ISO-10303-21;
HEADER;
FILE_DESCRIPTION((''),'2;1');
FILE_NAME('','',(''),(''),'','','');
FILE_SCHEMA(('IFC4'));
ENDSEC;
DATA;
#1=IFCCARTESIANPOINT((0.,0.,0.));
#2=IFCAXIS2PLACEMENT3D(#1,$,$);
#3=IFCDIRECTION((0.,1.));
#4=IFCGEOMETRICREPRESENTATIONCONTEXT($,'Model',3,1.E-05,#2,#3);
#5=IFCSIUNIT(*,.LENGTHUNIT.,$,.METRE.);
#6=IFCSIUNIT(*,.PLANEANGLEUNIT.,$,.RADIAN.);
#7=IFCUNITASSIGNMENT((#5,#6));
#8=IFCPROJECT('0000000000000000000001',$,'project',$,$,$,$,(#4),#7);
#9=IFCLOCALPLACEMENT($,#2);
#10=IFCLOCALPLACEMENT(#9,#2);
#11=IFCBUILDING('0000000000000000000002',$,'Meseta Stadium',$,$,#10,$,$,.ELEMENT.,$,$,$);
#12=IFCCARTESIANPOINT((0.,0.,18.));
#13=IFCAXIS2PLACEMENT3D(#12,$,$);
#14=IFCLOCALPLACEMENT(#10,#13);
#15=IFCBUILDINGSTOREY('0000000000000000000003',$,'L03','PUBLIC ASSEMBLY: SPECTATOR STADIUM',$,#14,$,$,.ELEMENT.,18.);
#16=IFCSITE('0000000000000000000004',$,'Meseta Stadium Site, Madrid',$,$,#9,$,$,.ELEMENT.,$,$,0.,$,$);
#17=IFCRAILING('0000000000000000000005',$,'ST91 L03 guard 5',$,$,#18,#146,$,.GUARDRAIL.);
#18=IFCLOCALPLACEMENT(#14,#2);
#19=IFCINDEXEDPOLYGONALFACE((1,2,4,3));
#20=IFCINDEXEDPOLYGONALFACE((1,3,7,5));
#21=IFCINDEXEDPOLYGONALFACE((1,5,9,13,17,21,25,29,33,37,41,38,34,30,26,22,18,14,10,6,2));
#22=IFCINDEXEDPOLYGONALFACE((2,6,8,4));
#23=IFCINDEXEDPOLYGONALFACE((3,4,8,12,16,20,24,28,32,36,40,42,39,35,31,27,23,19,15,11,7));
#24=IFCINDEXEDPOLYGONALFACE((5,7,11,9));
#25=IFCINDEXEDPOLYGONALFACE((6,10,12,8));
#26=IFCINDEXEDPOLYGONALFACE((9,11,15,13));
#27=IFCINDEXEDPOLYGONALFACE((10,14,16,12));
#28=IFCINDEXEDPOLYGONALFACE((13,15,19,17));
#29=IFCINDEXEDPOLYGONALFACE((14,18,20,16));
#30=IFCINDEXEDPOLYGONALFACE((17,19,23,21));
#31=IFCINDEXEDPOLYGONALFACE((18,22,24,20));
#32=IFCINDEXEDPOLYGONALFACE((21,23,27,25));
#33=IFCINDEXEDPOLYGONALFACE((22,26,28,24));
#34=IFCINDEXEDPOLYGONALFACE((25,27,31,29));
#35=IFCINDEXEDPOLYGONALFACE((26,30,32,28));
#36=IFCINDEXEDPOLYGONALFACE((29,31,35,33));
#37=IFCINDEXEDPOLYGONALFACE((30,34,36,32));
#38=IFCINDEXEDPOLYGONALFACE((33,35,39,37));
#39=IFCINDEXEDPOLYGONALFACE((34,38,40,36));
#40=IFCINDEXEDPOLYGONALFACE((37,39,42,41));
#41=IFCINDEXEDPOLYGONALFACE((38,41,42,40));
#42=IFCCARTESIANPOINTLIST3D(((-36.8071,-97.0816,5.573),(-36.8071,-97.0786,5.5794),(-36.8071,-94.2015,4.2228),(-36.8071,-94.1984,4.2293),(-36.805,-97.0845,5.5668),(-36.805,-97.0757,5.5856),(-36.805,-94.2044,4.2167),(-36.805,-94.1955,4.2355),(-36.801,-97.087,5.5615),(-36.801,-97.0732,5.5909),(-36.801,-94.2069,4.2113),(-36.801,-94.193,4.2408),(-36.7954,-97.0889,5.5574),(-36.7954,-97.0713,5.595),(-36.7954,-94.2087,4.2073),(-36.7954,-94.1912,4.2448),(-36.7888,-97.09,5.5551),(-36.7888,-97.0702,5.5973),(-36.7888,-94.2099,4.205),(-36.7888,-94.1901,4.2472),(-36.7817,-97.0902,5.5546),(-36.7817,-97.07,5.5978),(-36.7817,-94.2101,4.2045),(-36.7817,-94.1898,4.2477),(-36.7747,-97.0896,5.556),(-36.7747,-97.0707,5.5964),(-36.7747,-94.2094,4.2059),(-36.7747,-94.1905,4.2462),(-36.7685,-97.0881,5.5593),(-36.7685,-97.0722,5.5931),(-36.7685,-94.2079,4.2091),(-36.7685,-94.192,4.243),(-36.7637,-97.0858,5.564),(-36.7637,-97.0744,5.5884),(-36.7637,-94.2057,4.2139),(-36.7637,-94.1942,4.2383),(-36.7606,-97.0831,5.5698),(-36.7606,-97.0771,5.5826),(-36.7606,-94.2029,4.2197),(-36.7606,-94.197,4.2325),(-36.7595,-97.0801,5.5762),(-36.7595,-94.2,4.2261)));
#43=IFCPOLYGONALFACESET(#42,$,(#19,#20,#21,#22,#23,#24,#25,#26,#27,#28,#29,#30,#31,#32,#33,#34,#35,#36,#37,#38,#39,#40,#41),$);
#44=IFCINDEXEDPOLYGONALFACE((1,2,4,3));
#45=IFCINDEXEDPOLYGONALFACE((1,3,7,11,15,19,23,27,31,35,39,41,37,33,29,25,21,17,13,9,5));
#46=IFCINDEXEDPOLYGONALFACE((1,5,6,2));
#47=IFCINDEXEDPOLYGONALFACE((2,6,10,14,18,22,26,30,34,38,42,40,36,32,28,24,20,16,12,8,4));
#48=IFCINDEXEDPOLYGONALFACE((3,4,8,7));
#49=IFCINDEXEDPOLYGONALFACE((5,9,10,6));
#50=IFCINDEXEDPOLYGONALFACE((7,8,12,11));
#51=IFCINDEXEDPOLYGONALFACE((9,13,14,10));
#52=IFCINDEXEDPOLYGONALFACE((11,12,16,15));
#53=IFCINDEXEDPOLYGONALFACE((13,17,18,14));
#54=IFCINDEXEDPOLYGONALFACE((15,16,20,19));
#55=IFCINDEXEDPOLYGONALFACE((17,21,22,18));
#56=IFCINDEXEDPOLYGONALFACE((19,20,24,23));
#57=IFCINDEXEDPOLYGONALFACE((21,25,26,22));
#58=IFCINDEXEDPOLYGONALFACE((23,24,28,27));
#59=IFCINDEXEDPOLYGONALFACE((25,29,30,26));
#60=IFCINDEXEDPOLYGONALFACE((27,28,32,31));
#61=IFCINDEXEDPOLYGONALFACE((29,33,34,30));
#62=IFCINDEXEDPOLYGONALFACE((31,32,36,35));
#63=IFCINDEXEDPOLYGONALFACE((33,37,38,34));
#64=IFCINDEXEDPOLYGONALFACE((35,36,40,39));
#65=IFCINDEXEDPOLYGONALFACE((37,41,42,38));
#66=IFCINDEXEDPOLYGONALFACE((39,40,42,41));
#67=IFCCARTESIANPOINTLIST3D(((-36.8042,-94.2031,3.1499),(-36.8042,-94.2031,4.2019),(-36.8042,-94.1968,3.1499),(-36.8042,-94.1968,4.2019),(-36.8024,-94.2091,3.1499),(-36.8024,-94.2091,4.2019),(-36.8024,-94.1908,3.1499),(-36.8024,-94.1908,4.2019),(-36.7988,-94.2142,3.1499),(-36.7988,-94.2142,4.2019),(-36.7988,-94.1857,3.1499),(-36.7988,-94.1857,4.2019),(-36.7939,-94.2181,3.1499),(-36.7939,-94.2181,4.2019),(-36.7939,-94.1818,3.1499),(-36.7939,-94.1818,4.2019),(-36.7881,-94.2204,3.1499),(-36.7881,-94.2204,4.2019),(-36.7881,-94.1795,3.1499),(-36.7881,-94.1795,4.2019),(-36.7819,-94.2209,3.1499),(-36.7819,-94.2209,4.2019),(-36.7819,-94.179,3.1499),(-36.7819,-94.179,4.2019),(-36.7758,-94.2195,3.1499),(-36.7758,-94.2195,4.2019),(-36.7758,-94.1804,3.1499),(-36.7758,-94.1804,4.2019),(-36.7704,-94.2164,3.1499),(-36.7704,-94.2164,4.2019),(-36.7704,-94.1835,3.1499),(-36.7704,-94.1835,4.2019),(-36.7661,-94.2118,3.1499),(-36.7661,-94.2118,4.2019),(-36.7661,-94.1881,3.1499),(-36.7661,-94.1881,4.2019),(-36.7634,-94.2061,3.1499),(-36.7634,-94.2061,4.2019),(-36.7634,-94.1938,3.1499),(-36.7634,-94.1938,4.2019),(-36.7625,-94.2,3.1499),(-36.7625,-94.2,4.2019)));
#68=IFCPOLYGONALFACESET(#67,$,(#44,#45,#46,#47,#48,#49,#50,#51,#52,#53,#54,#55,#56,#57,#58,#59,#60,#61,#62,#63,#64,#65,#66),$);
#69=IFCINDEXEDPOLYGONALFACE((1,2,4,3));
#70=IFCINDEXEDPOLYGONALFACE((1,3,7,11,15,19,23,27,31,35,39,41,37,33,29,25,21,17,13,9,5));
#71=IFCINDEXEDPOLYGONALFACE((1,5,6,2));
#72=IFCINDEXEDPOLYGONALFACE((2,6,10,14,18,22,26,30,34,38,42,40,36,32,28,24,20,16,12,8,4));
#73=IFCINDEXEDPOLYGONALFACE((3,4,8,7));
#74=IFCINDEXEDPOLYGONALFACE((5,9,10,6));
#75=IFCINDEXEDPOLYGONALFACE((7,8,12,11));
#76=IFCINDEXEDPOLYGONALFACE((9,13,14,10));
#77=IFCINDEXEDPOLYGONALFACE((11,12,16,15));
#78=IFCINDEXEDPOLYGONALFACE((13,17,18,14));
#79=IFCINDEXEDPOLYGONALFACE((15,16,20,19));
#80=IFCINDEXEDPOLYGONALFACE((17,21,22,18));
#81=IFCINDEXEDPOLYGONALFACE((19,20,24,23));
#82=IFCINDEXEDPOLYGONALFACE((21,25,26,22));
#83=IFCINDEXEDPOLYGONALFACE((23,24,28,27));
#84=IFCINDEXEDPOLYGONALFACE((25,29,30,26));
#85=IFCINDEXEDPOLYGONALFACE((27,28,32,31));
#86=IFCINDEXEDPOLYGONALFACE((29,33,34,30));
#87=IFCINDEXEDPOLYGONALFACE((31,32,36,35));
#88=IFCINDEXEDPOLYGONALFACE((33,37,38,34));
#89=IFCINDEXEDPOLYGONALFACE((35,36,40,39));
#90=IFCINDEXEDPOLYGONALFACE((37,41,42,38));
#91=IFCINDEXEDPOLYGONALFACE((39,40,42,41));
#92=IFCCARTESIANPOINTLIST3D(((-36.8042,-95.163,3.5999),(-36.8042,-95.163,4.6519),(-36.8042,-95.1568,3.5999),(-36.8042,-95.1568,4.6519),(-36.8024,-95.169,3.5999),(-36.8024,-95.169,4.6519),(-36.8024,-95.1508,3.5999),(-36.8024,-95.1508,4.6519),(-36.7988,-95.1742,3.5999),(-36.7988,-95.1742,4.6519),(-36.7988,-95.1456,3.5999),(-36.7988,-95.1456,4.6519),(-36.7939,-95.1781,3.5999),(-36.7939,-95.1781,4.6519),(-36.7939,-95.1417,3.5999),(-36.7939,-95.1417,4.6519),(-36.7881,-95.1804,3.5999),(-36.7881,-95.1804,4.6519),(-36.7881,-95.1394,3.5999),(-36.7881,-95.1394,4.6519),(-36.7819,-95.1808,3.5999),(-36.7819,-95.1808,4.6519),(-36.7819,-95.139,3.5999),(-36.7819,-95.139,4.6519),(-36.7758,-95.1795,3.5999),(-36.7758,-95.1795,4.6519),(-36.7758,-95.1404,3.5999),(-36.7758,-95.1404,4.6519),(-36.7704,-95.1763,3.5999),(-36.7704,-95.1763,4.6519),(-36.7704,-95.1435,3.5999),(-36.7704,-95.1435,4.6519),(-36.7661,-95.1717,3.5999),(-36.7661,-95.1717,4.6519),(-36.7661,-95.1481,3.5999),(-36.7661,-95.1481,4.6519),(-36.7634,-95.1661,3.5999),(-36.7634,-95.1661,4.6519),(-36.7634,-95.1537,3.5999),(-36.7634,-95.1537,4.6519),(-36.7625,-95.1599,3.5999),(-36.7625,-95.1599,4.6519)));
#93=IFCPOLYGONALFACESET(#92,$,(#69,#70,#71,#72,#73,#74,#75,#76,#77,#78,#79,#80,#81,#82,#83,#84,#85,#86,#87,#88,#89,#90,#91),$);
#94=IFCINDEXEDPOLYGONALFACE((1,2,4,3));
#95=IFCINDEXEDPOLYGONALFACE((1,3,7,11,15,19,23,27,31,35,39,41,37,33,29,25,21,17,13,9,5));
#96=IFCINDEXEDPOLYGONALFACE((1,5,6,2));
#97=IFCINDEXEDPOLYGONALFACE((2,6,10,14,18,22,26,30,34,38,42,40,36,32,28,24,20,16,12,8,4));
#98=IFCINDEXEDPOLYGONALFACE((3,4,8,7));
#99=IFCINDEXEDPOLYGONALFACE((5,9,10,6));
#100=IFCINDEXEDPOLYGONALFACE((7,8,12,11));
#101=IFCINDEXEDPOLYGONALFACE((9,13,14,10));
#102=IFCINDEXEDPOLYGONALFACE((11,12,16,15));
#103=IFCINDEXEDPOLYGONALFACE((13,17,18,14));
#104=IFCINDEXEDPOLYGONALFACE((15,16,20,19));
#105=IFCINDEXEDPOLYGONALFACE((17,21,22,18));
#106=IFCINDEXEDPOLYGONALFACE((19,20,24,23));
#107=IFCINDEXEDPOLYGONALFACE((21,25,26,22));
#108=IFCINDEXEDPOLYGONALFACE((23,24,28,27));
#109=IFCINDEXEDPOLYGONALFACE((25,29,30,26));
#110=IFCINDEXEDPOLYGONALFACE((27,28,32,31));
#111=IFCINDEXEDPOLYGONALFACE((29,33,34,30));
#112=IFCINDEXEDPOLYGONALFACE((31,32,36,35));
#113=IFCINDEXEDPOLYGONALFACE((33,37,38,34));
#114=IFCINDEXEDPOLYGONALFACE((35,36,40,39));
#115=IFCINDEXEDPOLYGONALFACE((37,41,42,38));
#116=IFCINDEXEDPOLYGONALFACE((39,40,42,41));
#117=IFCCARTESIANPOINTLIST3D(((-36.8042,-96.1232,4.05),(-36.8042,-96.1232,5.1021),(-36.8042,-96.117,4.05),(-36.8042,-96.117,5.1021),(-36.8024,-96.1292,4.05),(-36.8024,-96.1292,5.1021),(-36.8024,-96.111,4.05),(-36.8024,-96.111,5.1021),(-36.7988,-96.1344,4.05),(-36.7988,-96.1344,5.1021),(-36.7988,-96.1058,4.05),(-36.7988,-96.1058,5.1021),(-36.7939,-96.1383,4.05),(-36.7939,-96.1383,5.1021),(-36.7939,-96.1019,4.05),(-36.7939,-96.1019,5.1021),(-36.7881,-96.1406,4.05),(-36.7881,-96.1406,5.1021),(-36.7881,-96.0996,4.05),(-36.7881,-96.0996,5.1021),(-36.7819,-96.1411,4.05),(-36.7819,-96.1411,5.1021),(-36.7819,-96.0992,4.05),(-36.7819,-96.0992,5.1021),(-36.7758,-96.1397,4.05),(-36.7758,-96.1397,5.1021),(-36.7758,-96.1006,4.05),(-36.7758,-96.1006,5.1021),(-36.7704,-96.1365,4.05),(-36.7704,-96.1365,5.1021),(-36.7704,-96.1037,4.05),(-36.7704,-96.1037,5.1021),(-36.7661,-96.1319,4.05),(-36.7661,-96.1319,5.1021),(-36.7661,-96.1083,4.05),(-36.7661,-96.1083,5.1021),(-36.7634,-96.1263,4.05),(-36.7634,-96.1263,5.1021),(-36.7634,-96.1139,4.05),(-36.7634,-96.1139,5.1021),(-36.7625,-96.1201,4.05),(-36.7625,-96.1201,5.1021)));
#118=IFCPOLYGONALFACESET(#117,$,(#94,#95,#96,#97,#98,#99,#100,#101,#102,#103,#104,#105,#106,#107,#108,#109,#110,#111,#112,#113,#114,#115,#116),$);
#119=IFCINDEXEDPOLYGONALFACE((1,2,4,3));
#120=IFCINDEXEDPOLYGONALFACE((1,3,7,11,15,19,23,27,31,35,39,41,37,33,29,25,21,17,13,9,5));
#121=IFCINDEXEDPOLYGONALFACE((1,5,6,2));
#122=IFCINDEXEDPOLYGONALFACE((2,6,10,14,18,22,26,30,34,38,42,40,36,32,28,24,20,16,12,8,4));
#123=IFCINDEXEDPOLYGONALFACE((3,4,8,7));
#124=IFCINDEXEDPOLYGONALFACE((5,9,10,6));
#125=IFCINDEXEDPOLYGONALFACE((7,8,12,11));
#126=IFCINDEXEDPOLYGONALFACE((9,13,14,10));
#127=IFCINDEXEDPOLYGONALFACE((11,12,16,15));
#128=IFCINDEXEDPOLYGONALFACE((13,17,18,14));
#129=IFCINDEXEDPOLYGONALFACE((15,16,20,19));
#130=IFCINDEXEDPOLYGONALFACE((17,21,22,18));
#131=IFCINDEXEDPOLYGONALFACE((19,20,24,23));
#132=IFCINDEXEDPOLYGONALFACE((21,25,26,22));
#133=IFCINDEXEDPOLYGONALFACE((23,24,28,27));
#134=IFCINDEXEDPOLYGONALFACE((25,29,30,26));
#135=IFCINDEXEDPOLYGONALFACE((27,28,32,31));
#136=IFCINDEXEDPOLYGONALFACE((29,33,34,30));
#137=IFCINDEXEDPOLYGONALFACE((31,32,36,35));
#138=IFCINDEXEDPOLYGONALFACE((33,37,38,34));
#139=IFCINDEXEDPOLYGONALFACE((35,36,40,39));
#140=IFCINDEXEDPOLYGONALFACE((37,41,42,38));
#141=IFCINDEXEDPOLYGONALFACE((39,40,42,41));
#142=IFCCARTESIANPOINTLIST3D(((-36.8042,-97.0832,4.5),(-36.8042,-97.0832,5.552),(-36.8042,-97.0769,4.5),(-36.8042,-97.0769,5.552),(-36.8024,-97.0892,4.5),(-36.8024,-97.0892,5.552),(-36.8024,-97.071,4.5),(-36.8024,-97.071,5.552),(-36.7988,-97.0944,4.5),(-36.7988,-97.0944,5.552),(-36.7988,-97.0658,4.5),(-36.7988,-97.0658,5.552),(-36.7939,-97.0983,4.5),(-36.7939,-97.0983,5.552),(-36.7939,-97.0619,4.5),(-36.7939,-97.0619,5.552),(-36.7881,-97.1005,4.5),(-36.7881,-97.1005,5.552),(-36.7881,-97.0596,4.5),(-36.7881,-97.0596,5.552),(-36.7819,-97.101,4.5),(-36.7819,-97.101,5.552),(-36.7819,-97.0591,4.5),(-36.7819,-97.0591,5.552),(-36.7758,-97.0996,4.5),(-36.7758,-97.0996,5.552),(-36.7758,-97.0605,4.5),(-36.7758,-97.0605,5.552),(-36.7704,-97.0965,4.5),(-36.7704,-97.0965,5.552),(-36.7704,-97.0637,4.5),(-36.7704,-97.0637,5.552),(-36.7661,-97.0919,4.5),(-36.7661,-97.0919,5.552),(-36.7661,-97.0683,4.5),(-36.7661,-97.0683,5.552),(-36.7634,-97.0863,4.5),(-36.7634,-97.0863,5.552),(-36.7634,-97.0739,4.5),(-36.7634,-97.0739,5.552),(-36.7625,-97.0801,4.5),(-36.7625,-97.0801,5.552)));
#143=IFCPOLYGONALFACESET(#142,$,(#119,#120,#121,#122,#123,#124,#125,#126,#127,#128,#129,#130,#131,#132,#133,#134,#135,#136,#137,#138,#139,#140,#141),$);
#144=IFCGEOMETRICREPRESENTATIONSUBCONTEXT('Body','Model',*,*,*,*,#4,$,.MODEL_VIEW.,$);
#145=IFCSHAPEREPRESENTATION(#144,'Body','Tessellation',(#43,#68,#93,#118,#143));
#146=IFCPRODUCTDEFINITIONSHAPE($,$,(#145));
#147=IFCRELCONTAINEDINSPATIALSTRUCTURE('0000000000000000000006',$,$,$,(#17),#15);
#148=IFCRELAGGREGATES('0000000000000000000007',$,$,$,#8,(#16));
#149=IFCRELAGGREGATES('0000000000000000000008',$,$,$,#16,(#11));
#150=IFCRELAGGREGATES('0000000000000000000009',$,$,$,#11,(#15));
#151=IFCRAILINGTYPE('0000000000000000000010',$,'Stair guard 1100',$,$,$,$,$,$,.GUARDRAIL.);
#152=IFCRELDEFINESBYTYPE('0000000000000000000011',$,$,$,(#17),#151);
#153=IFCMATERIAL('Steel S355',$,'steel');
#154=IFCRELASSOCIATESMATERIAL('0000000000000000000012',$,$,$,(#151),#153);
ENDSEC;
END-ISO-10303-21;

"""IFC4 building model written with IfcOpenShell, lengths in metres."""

from ifc_helpers import new_model, si_unit, direction, frame, origin, origin_2d, place, context, subcontext, project, spatial, circle, extrude, material, type_object, element, save


model = new_model("IFC4")

# Units and contexts
model_context = context("Model", 3, precision=1e-05, world=origin(), true_north=direction((0.0, 1.0)))
body_context = subcontext(model_context, "Body", "Model", "MODEL_VIEW")
ifc_project = project(units=[si_unit("LENGTHUNIT", "METRE"), si_unit("PLANEANGLEUNIT", "RADIAN")], contexts=[model_context])

# Site, building, storey
site_placement = place(None, origin())
site = spatial("IfcSite", under=ifc_project, at=site_placement, Name="Meseta Stadium Site, Madrid", CompositionType="ELEMENT", RefElevation=0.0)
building_placement = place(site_placement, origin())
building = spatial("IfcBuilding", under=site, at=building_placement, Name="Meseta Stadium", CompositionType="ELEMENT")
storey_placement = place(building_placement, frame((0.0, 0.0, 18.0)))
storey = spatial("IfcBuildingStorey", under=building, at=storey_placement, Name="L03", Description="PUBLIC ASSEMBLY: SPECTATOR STADIUM", CompositionType="ELEMENT", Elevation=18.0)

# Railing
ifc_material_1 = material(Name="Steel S355", Category="steel")
railing_type_1 = type_object("IfcRailingType", Name="Stair guard 1100", PredefinedType="GUARDRAIL", material=ifc_material_1)
railing_1_placement = place(storey_placement, frame((-36.7834, -94.2, 3.1499)))
element("IfcRailing", 1, at=railing_1_placement, inside=storey, type_object=railing_type_1, Name="ST91 L03 guard 5", PredefinedType="GUARDRAIL", context=body_context, shape_type="SweptSolid", body=[
    extrude(circle(Radius=0.0239, at=origin_2d()), frame((0.0, 0.0, 1.0762), z_axis=(0.0, -0.905454, 0.424444), x_axis=(1.0, 0.0, 0.0)), (0.0, 0.0, 1.0), 3.1809),
    extrude(circle(Radius=0.021, at=origin_2d()), origin(), (0.0, 0.0, 1.0), 1.052),
    extrude(circle(Radius=0.021, at=origin_2d()), frame((0.0, -0.96, 0.45)), (0.0, 0.0, 1.0), 1.052),
    extrude(circle(Radius=0.021, at=origin_2d()), frame((0.0, -1.9202, 0.9001)), (0.0, 0.0, 1.0), 1.052),
    extrude(circle(Radius=0.021, at=origin_2d()), frame((0.0, -2.8801, 1.3501)), (0.0, 0.0, 1.0), 1.052),
])

save(model, "model.ifc")
